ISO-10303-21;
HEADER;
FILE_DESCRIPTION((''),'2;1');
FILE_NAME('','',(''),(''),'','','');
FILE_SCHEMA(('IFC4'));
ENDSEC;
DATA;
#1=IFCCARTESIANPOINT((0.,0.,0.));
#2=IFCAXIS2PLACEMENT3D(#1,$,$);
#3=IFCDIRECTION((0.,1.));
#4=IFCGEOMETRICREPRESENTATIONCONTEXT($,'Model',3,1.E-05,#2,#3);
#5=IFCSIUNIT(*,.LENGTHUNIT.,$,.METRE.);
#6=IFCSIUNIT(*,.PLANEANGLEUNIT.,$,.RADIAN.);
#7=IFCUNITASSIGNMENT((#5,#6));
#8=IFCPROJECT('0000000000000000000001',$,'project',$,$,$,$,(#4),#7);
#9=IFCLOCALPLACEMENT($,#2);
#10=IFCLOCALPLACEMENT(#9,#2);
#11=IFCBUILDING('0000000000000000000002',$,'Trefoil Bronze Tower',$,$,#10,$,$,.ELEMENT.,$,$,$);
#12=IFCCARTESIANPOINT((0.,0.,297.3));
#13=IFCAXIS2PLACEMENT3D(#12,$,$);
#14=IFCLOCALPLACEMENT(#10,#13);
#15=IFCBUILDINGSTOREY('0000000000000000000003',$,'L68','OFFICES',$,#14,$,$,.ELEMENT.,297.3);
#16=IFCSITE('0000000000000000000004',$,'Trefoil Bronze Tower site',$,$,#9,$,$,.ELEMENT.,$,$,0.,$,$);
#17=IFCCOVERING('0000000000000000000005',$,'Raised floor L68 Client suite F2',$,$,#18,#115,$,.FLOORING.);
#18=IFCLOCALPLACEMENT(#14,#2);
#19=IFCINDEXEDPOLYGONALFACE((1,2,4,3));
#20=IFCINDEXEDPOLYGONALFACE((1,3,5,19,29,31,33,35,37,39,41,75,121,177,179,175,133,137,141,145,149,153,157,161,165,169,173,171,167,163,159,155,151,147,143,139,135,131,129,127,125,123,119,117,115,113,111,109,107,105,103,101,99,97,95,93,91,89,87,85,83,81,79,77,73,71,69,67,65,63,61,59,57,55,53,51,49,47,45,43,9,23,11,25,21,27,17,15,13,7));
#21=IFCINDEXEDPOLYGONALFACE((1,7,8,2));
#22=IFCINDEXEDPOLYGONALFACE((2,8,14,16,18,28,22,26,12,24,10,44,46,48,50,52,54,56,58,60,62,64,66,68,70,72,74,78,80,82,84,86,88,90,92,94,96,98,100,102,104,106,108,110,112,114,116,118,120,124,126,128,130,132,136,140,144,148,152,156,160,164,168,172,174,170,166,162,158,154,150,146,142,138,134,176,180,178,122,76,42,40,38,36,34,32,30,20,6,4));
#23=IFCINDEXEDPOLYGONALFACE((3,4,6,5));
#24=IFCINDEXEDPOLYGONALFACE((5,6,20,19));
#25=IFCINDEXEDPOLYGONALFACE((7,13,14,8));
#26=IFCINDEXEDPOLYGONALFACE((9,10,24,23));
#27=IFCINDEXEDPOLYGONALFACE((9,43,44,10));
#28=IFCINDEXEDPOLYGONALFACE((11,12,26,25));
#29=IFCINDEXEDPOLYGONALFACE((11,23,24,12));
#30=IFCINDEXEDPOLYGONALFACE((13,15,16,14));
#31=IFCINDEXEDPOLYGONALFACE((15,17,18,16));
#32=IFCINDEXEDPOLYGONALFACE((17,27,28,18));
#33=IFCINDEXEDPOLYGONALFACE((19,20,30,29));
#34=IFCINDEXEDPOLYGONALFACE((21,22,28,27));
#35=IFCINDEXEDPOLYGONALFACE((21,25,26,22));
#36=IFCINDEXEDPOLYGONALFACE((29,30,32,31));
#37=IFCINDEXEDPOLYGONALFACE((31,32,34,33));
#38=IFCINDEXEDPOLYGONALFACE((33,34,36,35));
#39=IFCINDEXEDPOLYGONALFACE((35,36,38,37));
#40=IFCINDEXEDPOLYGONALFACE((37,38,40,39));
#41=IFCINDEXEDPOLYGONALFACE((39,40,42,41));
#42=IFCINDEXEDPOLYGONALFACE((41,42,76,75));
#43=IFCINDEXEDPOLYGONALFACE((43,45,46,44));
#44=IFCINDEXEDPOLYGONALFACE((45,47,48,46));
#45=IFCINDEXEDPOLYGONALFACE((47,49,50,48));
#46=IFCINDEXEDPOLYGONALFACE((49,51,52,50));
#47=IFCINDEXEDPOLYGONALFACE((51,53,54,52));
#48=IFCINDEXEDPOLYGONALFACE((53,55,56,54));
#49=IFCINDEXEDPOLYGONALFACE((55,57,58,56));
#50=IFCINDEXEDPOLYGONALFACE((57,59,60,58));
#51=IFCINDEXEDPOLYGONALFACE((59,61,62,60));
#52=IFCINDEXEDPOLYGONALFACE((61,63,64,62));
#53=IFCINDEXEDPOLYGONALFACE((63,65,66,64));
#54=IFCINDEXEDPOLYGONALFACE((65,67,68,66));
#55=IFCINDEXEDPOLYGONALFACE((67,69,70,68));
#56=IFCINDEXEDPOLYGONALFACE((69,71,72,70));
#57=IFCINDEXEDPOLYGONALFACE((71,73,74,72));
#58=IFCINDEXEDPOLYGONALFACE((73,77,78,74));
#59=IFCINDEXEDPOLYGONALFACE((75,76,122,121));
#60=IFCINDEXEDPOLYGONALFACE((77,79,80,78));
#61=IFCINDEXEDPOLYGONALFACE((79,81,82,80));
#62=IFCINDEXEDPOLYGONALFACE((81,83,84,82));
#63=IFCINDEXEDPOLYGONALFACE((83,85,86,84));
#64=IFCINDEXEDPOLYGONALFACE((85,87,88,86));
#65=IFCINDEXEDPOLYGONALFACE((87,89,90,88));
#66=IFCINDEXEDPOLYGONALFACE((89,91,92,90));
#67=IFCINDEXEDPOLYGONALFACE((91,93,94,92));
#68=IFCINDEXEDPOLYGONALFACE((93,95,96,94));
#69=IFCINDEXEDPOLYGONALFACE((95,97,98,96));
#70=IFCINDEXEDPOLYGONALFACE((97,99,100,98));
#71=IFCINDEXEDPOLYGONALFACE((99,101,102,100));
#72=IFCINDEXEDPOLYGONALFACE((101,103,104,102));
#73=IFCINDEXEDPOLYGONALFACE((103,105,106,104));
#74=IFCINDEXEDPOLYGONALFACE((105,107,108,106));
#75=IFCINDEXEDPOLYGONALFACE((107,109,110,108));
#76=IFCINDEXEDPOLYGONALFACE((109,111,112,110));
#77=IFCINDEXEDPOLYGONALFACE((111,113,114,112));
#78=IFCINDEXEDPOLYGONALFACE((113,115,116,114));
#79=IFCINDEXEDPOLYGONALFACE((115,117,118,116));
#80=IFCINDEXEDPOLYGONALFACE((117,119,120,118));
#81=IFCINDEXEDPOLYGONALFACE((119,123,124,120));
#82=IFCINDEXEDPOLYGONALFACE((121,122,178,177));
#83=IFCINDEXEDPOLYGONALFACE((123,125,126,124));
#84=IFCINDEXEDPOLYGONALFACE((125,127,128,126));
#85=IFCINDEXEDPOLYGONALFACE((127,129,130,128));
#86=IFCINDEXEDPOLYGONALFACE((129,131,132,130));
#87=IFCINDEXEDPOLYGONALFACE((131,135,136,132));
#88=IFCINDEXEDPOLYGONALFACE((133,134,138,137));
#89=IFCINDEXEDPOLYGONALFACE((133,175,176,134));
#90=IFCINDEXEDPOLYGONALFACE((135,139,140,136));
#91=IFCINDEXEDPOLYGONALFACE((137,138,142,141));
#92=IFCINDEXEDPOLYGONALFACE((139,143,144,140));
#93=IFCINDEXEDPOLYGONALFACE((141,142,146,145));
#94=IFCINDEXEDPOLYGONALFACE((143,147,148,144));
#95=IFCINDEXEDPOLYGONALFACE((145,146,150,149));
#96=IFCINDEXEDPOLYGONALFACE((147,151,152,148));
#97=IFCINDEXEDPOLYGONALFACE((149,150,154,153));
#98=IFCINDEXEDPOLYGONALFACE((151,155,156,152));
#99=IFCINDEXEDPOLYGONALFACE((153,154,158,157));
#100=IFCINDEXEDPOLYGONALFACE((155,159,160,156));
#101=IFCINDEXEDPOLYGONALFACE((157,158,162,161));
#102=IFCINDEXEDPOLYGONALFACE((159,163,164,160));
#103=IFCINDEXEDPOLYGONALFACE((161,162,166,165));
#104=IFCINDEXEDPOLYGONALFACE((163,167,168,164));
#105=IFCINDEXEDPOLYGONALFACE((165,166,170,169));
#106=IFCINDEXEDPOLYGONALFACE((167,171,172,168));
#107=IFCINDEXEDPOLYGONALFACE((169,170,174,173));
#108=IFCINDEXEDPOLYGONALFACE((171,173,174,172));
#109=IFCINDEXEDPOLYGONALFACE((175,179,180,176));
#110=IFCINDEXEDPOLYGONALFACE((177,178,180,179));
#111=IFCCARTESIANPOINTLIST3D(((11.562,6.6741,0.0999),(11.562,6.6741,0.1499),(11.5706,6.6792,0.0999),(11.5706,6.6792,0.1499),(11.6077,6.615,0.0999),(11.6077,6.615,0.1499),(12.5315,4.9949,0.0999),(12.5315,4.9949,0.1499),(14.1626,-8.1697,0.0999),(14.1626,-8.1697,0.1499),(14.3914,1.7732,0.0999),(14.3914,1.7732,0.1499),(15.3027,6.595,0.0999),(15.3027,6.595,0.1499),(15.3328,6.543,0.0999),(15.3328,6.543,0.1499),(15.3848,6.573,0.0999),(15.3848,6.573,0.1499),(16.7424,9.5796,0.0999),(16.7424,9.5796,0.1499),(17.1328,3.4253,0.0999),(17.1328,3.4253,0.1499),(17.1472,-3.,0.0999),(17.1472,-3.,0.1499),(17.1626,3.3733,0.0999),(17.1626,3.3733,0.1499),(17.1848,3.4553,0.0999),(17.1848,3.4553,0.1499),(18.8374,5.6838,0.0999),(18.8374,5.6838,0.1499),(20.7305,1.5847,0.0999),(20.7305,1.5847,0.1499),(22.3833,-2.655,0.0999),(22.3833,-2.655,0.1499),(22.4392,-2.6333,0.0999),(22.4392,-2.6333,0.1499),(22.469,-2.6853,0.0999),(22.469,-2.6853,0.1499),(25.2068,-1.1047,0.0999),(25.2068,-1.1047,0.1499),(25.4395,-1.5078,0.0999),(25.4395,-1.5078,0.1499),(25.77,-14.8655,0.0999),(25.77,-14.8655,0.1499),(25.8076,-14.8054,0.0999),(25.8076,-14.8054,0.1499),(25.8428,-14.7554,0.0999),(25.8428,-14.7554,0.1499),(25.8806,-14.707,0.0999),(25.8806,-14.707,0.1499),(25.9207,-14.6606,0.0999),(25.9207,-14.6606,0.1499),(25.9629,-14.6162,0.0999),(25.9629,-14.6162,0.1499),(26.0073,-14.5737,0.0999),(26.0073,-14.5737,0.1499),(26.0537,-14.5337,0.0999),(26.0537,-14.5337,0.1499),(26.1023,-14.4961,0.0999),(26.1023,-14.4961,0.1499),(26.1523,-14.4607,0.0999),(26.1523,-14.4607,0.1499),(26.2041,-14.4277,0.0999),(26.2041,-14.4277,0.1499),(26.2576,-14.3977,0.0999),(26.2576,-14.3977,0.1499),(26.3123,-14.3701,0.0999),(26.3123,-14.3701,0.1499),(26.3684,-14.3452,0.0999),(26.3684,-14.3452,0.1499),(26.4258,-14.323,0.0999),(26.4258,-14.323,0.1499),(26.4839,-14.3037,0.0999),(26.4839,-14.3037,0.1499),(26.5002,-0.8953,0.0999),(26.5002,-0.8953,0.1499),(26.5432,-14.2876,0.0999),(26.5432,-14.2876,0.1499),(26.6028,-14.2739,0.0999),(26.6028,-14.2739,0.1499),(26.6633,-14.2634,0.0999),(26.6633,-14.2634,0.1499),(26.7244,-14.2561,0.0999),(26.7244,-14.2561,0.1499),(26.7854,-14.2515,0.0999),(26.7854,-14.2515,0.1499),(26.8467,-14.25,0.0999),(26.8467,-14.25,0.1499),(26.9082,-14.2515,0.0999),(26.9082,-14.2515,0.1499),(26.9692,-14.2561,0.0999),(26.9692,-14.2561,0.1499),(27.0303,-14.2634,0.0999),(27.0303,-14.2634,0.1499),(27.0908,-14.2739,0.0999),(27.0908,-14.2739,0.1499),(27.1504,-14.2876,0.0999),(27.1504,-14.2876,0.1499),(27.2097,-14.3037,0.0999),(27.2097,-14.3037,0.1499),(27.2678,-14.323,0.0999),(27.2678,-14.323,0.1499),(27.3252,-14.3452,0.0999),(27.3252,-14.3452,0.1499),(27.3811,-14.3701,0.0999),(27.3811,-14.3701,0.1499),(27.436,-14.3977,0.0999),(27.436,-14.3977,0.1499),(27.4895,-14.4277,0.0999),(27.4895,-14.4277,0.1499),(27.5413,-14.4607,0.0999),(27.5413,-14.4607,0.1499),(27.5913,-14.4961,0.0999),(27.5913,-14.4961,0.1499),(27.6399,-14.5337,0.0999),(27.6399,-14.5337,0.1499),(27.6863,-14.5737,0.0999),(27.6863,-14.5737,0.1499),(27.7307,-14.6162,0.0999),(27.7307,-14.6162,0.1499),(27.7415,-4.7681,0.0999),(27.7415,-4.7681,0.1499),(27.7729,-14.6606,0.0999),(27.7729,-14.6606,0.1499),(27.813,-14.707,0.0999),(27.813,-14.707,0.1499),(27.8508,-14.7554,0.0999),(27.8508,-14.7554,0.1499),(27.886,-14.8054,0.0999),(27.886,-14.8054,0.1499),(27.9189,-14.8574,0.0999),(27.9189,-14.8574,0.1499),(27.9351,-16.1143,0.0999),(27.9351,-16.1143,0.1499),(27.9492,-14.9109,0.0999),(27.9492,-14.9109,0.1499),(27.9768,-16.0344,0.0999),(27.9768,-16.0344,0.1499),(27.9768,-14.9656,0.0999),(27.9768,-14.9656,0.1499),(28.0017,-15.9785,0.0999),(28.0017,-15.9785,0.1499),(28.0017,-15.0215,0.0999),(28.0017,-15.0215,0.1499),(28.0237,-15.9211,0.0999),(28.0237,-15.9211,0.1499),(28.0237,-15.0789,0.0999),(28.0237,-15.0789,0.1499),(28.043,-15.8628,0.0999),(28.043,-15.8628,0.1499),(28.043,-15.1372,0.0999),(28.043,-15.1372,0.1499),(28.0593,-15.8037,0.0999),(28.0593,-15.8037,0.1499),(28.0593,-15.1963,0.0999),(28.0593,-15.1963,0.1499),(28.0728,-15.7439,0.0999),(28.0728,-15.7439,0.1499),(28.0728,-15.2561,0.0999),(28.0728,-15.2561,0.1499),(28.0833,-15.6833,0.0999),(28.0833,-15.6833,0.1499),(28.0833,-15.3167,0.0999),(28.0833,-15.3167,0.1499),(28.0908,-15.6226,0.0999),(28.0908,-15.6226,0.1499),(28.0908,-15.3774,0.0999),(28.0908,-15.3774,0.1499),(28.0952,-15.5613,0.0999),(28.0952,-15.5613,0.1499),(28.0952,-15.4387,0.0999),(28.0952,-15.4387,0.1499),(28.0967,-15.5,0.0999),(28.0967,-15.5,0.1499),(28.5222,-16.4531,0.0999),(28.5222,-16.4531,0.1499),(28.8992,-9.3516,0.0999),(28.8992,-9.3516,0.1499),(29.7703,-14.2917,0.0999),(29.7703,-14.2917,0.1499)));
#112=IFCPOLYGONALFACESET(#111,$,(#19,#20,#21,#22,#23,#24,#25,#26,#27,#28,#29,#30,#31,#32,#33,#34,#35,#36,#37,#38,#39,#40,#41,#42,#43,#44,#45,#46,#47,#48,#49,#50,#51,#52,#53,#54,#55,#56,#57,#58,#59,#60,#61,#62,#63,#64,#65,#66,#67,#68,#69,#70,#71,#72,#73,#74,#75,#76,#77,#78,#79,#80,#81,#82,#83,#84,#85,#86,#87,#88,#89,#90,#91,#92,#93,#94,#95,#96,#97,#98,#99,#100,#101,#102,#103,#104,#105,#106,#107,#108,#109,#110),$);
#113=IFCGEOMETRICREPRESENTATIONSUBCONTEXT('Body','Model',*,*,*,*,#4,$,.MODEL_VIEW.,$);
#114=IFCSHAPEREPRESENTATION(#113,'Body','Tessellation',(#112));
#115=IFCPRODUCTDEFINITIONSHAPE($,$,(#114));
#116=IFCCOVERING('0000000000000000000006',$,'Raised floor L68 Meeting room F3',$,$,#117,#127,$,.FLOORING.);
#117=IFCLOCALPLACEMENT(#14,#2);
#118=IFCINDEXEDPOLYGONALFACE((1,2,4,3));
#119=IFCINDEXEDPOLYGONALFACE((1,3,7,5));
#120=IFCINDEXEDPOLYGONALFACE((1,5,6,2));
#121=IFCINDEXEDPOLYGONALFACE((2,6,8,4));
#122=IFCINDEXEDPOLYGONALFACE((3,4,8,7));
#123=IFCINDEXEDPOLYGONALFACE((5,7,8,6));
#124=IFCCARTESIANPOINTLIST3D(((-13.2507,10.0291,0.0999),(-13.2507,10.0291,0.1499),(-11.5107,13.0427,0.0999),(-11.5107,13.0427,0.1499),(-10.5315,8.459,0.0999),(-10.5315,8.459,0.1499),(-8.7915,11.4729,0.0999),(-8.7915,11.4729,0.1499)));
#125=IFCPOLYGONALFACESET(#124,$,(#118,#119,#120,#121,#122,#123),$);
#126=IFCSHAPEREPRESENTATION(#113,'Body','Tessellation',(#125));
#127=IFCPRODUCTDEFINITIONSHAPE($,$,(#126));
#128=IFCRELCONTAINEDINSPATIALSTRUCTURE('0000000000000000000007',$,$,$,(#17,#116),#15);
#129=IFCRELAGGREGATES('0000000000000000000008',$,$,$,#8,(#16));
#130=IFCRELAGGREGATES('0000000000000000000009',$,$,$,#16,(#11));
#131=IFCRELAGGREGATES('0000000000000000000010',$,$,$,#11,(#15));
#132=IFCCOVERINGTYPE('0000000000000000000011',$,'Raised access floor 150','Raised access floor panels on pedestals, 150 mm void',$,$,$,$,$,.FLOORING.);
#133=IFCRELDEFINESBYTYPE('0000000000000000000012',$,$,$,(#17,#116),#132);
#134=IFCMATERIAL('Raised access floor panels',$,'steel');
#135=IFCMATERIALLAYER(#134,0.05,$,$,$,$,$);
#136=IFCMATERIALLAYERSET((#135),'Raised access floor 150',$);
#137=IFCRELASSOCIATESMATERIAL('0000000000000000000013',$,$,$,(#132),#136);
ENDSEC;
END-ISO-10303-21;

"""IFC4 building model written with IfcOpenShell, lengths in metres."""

from ifc_helpers import new_model, si_unit, direction, frame, origin, place, context, subcontext, project, spatial, polyline, outline, extrude, material, layer, layer_set, type_object, element, save


model = new_model("IFC4")

# Units and contexts
model_context = context("Model", 3, precision=1e-05, world=origin(), true_north=direction((0.0, 1.0)))
body_context = subcontext(model_context, "Body", "Model", "MODEL_VIEW")
ifc_project = project(units=[si_unit("LENGTHUNIT", "METRE"), si_unit("PLANEANGLEUNIT", "RADIAN")], contexts=[model_context])

# Site, building, storey
site_placement = place(None, origin())
site = spatial("IfcSite", under=ifc_project, at=site_placement, Name="Trefoil Bronze Tower site", CompositionType="ELEMENT", RefElevation=0.0)
building_placement = place(site_placement, origin())
building = spatial("IfcBuilding", under=site, at=building_placement, Name="Trefoil Bronze Tower", CompositionType="ELEMENT")
storey_placement = place(building_placement, frame((0.0, 0.0, 297.3)))
storey = spatial("IfcBuildingStorey", under=building, at=storey_placement, Name="L68", Description="OFFICES", CompositionType="ELEMENT", Elevation=297.3)

# Coverings
ifc_material_1 = material(Name="Raised access floor panels", Category="steel")
ifc_layer_1 = layer(ifc_material_1, 0.05)
ifc_layer_set_1 = layer_set([ifc_layer_1], Name="Raised access floor 150")
covering_type_1 = type_object("IfcCoveringType", Name="Raised access floor 150", Description="Raised access floor panels on pedestals, 150 mm void", PredefinedType="FLOORING", material=ifc_layer_set_1)
covering_1_placement = place(storey_placement, frame((0.0, 0.0, 0.0999)))
element("IfcCovering", 1, at=covering_1_placement, inside=storey, type_object=covering_type_1, Name="Raised floor L68 Client suite F2", PredefinedType="FLOORING", context=body_context, shape_type="SweptSolid", body=[
    extrude(outline(polyline([(11.5706, 6.6792), (11.6077, 6.615), (16.7424, 9.5796), (18.8374, 5.6838), (20.7305, 1.5847), (22.3833, -2.655), (22.4392, -2.6333), (22.469, -2.6853), (25.2068, -1.1047), (25.4395, -1.5078), (26.5002, -0.8953), (27.7415, -4.7681), (28.8992, -9.3516), (29.7703, -14.2917), (28.5222, -16.4531), (27.9351, -16.1143), (27.9768, -16.0344), (28.0017, -15.9785), (28.0237, -15.9211), (28.043, -15.8628), (28.0593, -15.8037), (28.0728, -15.7439), (28.0833, -15.6833), (28.0908, -15.6226), (28.0952, -15.5613), (28.0967, -15.5), (28.0952, -15.4387), (28.0908, -15.3774), (28.0833, -15.3167), (28.0728, -15.2561), (28.0593, -15.1963), (28.043, -15.1372), (28.0237, -15.0789), (28.0017, -15.0215), (27.9768, -14.9656), (27.9492, -14.9109), (27.9189, -14.8574), (27.886, -14.8054), (27.8508, -14.7554), (27.813, -14.707), (27.7729, -14.6606), (27.7307, -14.6162), (27.6863, -14.5737), (27.6399, -14.5337), (27.5913, -14.4961), (27.5413, -14.4607), (27.4895, -14.4277), (27.436, -14.3977), (27.3811, -14.3701), (27.3252, -14.3452), (27.2678, -14.323), (27.2097, -14.3037), (27.1504, -14.2876), (27.0908, -14.2739), (27.0303, -14.2634), (26.9692, -14.2561), (26.9082, -14.2515), (26.8467, -14.25), (26.7854, -14.2515), (26.7244, -14.2561), (26.6633, -14.2634), (26.6028, -14.2739), (26.5432, -14.2876), (26.4839, -14.3037), (26.4258, -14.323), (26.3684, -14.3452), (26.3123, -14.3701), (26.2576, -14.3977), (26.2041, -14.4277), (26.1523, -14.4607), (26.1023, -14.4961), (26.0537, -14.5337), (26.0073, -14.5737), (25.9629, -14.6162), (25.9207, -14.6606), (25.8806, -14.707), (25.8428, -14.7554), (25.8076, -14.8054), (25.77, -14.8655), (14.1626, -8.1697), (17.1472, -3.0), (14.3914, 1.7732), (17.1626, 3.3733), (17.1328, 3.4253), (17.1848, 3.4553), (15.3848, 6.573), (15.3328, 6.543), (15.3027, 6.595), (12.5315, 4.9949), (11.562, 6.6741), (11.5706, 6.6792)])), origin(), (0.0, 0.0, 1.0), 0.05),
])
covering_2_placement = place(storey_placement, frame((0.0, 0.0, 0.0999)))
element("IfcCovering", 2, at=covering_2_placement, inside=storey, type_object=covering_type_1, Name="Raised floor L68 Meeting room F3", PredefinedType="FLOORING", context=body_context, shape_type="SweptSolid", body=[
    extrude(outline(polyline([(-10.5315, 8.459), (-13.2507, 10.0291), (-11.5107, 13.0427), (-8.7915, 11.4729), (-10.5315, 8.459)])), origin(), (0.0, 0.0, 1.0), 0.05),
])

save(model, "model.ifc")
